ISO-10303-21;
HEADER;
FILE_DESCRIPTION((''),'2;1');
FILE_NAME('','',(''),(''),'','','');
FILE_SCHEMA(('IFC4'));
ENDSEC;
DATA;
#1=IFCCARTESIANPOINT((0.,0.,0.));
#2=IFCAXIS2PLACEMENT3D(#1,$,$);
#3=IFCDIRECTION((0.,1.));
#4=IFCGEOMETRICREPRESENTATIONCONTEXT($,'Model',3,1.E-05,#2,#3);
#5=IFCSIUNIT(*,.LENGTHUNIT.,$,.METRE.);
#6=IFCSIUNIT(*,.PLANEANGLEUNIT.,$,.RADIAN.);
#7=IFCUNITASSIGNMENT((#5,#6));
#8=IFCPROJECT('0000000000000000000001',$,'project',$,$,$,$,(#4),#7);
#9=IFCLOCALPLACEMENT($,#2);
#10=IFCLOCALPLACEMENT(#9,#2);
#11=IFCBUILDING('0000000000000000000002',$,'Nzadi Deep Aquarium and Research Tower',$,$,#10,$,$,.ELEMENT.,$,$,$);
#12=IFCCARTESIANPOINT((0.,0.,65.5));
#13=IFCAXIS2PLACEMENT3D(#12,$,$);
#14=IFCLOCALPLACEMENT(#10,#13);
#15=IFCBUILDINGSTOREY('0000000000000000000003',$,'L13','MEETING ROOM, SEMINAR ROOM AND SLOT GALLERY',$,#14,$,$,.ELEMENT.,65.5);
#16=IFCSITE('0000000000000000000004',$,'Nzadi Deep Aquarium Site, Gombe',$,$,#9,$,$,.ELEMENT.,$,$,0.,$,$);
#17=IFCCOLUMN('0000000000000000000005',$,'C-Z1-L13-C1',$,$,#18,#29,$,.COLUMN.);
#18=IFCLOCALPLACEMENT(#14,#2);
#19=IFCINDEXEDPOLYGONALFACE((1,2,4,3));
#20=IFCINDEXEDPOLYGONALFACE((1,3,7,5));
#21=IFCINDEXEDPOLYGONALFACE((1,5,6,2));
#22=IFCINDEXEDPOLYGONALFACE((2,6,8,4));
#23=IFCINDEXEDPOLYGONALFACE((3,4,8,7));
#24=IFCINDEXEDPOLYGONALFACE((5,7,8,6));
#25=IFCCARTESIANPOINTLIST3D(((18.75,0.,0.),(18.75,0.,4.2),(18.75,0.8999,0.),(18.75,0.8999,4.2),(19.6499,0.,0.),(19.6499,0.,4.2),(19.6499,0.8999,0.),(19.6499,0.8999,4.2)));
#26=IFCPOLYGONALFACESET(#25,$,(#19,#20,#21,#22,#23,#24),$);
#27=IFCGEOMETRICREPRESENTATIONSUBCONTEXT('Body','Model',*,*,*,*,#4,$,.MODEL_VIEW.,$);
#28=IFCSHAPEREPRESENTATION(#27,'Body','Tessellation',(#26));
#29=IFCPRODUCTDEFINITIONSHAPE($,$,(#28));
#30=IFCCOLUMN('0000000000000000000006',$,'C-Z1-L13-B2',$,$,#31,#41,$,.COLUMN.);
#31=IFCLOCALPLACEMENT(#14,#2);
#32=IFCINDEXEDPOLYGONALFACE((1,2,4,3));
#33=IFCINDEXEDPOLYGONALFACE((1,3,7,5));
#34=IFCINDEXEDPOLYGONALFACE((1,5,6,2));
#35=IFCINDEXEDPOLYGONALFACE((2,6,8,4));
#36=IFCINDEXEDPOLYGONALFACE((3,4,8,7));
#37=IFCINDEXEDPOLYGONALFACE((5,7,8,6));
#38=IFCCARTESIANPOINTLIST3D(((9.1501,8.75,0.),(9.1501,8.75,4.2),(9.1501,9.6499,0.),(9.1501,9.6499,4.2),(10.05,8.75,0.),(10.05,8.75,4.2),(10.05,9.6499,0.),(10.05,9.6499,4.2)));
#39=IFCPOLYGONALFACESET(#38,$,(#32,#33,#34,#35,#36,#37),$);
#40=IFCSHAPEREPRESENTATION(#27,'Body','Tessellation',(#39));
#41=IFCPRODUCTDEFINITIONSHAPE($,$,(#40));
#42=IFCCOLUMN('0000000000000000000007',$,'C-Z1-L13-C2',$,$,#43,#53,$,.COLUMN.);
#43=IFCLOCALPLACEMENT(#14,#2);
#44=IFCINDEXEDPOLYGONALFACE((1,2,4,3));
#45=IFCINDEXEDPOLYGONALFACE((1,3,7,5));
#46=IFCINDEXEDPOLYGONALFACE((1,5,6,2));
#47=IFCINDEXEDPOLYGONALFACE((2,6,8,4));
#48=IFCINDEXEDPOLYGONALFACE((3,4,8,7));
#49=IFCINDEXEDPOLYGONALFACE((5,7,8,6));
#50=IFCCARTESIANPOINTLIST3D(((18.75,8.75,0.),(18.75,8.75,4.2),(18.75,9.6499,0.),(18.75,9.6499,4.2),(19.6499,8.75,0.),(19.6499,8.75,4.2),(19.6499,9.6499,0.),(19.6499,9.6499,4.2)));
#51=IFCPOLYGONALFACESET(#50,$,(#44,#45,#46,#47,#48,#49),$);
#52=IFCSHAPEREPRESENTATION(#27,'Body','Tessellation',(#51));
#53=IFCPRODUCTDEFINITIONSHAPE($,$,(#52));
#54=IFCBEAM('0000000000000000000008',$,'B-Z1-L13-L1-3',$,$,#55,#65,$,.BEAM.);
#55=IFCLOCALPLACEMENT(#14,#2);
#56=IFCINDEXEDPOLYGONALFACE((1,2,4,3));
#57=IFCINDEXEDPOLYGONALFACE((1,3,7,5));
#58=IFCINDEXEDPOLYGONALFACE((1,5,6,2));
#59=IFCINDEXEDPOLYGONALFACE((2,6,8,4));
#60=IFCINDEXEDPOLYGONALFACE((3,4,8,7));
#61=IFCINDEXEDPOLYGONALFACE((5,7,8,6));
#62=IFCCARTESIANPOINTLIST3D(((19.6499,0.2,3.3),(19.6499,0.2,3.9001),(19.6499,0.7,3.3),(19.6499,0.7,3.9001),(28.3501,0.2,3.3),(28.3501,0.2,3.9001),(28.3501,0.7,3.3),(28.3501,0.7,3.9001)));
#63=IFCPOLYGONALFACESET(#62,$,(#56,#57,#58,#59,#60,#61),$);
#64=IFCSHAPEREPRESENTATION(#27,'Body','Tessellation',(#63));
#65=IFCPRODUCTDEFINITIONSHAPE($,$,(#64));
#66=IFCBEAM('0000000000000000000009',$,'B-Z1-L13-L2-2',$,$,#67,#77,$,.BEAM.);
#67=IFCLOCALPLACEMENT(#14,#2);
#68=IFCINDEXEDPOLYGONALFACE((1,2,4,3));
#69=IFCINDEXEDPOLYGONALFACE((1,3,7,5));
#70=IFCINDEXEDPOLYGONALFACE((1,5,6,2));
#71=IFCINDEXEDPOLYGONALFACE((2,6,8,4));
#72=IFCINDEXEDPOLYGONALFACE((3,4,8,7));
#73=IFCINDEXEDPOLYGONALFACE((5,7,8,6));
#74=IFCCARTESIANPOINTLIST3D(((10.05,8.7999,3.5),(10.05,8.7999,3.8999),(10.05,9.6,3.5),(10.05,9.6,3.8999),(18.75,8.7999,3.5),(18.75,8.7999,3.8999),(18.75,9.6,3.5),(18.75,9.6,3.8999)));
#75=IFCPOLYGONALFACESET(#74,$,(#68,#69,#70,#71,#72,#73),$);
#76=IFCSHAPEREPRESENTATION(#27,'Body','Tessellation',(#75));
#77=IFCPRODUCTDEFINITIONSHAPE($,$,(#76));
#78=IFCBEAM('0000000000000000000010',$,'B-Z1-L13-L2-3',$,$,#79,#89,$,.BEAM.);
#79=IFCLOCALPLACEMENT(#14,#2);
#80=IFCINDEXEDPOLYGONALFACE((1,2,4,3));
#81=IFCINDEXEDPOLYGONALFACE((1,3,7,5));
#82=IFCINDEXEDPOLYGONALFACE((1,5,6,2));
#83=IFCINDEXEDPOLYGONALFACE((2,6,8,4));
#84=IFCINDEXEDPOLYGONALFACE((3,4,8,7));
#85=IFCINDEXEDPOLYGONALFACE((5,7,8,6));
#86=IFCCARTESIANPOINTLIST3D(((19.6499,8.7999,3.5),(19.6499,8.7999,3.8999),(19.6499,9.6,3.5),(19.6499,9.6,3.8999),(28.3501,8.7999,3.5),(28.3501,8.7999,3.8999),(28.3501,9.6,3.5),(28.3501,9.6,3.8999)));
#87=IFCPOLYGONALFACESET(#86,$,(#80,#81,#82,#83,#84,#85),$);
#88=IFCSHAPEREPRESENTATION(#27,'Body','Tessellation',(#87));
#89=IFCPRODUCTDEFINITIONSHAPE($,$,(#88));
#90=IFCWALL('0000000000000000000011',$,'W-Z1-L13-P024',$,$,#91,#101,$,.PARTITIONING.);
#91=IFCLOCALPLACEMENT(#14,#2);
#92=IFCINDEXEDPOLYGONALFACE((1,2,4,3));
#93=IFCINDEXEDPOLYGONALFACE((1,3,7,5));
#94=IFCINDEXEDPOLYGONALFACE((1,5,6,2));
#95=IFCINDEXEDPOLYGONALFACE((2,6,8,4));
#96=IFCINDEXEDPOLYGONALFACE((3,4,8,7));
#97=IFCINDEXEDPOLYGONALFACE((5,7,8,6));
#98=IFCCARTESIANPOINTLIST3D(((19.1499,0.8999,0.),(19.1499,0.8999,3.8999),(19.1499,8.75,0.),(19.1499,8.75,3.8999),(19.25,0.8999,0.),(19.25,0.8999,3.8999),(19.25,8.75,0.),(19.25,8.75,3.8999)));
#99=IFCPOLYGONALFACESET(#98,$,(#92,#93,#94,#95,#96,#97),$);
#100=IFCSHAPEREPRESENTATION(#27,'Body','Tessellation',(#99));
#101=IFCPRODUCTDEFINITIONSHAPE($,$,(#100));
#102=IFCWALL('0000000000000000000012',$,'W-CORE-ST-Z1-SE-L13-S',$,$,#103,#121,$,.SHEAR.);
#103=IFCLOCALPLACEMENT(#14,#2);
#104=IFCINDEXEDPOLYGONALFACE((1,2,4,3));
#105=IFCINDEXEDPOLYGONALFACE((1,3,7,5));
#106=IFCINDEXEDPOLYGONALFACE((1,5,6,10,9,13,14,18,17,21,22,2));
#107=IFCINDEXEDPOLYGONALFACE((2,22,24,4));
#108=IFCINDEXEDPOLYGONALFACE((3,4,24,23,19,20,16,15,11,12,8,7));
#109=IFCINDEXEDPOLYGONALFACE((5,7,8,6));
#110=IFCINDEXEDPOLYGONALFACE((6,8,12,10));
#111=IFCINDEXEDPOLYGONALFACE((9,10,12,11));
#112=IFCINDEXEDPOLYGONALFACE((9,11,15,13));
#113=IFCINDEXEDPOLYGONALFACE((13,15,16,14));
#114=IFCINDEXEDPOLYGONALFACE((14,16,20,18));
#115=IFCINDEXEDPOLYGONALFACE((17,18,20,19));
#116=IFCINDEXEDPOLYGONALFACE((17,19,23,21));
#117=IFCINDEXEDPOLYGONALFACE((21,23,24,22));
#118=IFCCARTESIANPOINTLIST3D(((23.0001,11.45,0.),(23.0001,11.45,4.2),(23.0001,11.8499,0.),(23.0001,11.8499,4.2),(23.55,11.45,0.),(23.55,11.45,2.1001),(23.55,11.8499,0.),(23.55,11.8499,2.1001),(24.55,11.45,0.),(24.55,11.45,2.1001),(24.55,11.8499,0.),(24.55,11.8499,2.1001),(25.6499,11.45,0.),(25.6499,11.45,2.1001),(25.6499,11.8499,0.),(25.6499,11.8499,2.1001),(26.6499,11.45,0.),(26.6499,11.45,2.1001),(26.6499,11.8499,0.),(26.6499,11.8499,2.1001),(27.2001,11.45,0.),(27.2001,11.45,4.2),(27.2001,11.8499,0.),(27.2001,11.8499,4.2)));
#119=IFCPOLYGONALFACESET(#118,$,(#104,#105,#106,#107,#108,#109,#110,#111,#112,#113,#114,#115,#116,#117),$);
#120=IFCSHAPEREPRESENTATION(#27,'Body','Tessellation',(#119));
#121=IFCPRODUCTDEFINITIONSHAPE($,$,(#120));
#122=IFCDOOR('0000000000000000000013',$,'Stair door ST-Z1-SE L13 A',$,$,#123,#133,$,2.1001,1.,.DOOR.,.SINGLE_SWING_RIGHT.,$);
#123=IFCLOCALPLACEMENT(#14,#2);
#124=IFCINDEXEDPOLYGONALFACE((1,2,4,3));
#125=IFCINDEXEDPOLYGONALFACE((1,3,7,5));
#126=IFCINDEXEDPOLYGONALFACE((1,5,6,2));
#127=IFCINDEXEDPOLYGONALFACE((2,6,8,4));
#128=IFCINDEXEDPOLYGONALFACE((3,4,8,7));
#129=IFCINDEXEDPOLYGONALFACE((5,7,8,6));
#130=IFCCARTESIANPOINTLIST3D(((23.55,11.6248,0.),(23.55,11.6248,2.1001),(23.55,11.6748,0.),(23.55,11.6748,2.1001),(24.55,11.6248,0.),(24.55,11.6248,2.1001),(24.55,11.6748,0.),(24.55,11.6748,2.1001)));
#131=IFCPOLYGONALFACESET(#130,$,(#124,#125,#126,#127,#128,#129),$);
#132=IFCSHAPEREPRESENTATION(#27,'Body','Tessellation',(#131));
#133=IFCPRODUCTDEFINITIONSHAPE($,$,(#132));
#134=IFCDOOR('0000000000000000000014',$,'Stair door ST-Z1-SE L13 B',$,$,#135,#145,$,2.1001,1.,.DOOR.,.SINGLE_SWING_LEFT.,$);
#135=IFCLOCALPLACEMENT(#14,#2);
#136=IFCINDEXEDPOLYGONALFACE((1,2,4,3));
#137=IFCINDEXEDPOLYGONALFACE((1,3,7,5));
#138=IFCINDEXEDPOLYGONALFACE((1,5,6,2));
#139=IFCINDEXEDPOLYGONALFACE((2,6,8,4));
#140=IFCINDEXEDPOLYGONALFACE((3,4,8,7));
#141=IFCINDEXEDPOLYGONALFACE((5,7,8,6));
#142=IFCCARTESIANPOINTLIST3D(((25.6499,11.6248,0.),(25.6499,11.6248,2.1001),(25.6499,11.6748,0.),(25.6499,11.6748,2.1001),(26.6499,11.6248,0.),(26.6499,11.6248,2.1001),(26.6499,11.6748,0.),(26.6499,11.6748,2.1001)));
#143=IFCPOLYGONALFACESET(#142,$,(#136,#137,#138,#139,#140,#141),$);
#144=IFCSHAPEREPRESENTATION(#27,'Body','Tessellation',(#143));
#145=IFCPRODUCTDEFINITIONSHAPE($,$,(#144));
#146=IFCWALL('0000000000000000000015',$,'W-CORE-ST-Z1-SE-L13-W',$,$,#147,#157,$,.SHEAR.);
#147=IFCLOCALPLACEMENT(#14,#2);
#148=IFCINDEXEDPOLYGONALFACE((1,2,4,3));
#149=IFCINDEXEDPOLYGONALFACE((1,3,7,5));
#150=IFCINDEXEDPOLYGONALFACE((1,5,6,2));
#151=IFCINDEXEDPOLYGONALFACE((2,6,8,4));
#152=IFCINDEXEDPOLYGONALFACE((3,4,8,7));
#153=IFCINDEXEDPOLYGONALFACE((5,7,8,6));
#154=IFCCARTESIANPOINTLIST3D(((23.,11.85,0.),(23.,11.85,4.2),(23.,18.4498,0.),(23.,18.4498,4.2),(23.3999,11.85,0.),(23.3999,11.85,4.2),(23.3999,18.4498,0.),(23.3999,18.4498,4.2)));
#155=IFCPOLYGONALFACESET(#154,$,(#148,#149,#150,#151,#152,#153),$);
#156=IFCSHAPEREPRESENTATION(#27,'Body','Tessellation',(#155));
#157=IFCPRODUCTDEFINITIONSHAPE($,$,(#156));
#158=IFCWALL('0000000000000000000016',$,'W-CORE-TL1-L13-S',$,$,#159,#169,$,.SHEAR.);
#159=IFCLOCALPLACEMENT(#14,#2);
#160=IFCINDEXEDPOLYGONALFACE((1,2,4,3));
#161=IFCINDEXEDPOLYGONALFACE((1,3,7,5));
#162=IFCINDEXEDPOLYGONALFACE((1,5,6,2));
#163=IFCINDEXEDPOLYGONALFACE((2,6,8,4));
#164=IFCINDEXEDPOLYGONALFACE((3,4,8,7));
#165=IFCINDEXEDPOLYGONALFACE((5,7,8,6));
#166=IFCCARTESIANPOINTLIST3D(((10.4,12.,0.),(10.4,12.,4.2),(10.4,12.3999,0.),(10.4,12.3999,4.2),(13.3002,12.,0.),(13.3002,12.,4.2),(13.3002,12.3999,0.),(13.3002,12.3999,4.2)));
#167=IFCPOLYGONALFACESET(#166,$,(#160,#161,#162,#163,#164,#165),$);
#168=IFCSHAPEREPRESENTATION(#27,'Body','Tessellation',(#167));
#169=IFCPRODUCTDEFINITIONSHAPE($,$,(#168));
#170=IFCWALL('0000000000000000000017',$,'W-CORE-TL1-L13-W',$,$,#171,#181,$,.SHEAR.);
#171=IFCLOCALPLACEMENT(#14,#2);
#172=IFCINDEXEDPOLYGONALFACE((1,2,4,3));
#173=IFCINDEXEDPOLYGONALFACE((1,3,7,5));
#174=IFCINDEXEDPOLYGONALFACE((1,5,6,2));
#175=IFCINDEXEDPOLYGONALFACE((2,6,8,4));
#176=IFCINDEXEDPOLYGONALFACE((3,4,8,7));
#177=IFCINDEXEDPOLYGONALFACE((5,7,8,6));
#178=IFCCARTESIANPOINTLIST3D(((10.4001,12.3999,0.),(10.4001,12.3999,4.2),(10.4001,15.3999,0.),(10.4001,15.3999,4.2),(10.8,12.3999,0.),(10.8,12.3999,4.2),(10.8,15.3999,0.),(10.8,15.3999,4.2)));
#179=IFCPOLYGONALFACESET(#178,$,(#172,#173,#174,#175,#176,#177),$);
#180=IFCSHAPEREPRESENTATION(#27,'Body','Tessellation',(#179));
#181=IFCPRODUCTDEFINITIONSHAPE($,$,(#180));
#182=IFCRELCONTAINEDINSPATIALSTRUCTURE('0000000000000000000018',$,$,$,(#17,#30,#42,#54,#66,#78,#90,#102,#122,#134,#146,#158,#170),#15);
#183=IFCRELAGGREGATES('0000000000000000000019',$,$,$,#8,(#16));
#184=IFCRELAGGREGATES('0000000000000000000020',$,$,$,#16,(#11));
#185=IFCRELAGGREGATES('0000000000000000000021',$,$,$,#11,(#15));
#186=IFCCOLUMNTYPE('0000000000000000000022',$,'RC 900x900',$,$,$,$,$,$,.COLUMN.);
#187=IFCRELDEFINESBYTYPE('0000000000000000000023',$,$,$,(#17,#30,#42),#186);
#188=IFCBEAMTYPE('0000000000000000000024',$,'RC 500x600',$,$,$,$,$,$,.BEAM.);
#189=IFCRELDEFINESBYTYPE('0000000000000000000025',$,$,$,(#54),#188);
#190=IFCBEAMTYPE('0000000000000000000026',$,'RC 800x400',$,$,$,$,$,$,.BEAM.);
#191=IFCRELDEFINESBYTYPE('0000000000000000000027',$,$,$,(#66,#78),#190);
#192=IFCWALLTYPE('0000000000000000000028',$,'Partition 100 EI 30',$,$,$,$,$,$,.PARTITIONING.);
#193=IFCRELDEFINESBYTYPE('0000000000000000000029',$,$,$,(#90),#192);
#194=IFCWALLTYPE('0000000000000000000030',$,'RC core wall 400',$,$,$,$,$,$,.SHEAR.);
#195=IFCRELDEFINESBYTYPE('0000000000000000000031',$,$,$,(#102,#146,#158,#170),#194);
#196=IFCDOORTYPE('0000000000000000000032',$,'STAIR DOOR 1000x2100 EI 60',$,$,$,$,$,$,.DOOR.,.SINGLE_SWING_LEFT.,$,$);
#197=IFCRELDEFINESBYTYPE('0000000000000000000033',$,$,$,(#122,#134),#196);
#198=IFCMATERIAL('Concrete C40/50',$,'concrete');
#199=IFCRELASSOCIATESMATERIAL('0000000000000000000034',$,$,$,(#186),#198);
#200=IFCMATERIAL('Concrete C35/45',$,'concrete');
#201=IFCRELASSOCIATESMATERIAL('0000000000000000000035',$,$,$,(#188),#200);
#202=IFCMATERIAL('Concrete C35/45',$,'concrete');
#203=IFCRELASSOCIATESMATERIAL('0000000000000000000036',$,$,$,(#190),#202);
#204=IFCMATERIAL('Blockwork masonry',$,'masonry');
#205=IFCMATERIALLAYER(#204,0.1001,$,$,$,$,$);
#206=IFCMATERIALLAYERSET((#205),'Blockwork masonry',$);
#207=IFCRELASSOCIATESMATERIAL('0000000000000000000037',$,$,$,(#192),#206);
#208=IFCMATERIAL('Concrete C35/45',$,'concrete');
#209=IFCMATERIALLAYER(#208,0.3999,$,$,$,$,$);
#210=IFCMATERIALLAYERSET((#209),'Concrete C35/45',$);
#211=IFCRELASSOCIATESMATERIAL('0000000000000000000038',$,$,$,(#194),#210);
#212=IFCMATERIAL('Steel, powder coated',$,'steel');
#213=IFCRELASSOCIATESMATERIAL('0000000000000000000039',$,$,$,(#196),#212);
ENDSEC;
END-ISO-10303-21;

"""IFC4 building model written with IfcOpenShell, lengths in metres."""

from ifc_helpers import new_model, si_unit, direction, frame, frame_2d, origin, origin_2d, place, context, subcontext, project, spatial, rectangle, extrude, material, layer, layer_set, material_profile, profile_set, type_object, element, fill, save


model = new_model("IFC4")

# Units and contexts
model_context = context("Model", 3, precision=1e-05, world=origin(), true_north=direction((0.0, 1.0)))
body_context = subcontext(model_context, "Body", "Model", "MODEL_VIEW")
ifc_project = project(units=[si_unit("LENGTHUNIT", "METRE"), si_unit("PLANEANGLEUNIT", "RADIAN")], contexts=[model_context])

# Site, building, storey
site_placement = place(None, origin())
site = spatial("IfcSite", under=ifc_project, at=site_placement, Name="Nzadi Deep Aquarium Site, Gombe", CompositionType="ELEMENT", RefElevation=0.0)
building_placement = place(site_placement, origin())
building = spatial("IfcBuilding", under=site, at=building_placement, Name="Nzadi Deep Aquarium and Research Tower", CompositionType="ELEMENT")
storey_placement = place(building_placement, frame((0.0, 0.0, 65.5)))
storey = spatial("IfcBuildingStorey", under=building, at=storey_placement, Name="L13", Description="MEETING ROOM, SEMINAR ROOM AND SLOT GALLERY", CompositionType="ELEMENT", Elevation=65.5)

# Columns
ifc_material_1 = material(Name="Concrete C40/50", Category="concrete")
ifc_material_profile_1 = material_profile(ifc_material_1, rectangle(XDim=0.8999, YDim=0.8999, at=origin_2d()))
ifc_profile_set_1 = profile_set([ifc_material_profile_1], Name="Concrete C40/50")
column_type = type_object("IfcColumnType", Name="RC 900x900", PredefinedType="COLUMN", material=ifc_profile_set_1)
for number, where, z_axis, x_axis, name in (
    (1, (19.2, 0.45, 0.0), (0.0, 0.0, 1.0), (1.0, 0.0, 0.0), "C-Z1-L13-C1"),
    (2, (9.6001, 9.2, 0.0), (0.0, 0.0, 1.0), (1.0, 0.0, 0.0), "C-Z1-L13-B2"),
    (3, (19.2, 9.2, 0.0), (0.0, 0.0, 1.0), (1.0, 0.0, 0.0), "C-Z1-L13-C2"),
):
    element("IfcColumn", number, at=place(storey_placement, frame(where, z_axis=z_axis, x_axis=x_axis)), inside=storey, type_object=column_type, Name=name, PredefinedType="COLUMN", context=body_context, shape_type="SweptSolid", body=[
        extrude(rectangle(XDim=0.8999, YDim=0.8999, at=origin_2d()), origin(), (0.0, 0.0, 1.0), 4.2),
    ])

# Beams
ifc_material_2 = material(Name="Concrete C35/45", Category="concrete")
ifc_material_profile_2 = material_profile(ifc_material_2, rectangle(XDim=0.5, YDim=0.6001, at=origin_2d()))
ifc_profile_set_2 = profile_set([ifc_material_profile_2], Name="Concrete C35/45")
beam_type_1 = type_object("IfcBeamType", Name="RC 500x600", PredefinedType="BEAM", material=ifc_profile_set_2)
beam_1_placement = place(storey_placement, frame((19.6499, 0.45, 3.6001), z_axis=(1.0, 0.0, 0.0), x_axis=(0.0, 1.0, 0.0)))
element("IfcBeam", 4, at=beam_1_placement, inside=storey, type_object=beam_type_1, Name="B-Z1-L13-L1-3", PredefinedType="BEAM", context=body_context, shape_type="SweptSolid", body=[
    extrude(rectangle(XDim=0.5, YDim=0.6001, at=origin_2d()), origin(), (0.0, 0.0, 1.0), 8.7002),
])
ifc_material_3 = material(Name="Concrete C35/45", Category="concrete")
ifc_material_profile_3 = material_profile(ifc_material_3, rectangle(XDim=0.8, YDim=0.3999, at=origin_2d()))
ifc_profile_set_3 = profile_set([ifc_material_profile_3], Name="Concrete C35/45")
beam_type_2 = type_object("IfcBeamType", Name="RC 800x400", PredefinedType="BEAM", material=ifc_profile_set_3)
beam_2_placement = place(storey_placement, frame((10.05, 9.2, 3.7), z_axis=(1.0, 0.0, 0.0), x_axis=(0.0, 1.0, 0.0)))
element("IfcBeam", 5, at=beam_2_placement, inside=storey, type_object=beam_type_2, Name="B-Z1-L13-L2-2", PredefinedType="BEAM", context=body_context, shape_type="SweptSolid", body=[
    extrude(rectangle(XDim=0.8, YDim=0.3999, at=origin_2d()), origin(), (0.0, 0.0, 1.0), 8.7),
])
beam_3_placement = place(storey_placement, frame((19.6499, 9.2, 3.7), z_axis=(1.0, 0.0, 0.0), x_axis=(0.0, 1.0, 0.0)))
element("IfcBeam", 6, at=beam_3_placement, inside=storey, type_object=beam_type_2, Name="B-Z1-L13-L2-3", PredefinedType="BEAM", context=body_context, shape_type="SweptSolid", body=[
    extrude(rectangle(XDim=0.8, YDim=0.3999, at=origin_2d()), origin(), (0.0, 0.0, 1.0), 8.7002),
])

# Wall
ifc_material_4 = material(Name="Blockwork masonry", Category="masonry")
ifc_layer_1 = layer(ifc_material_4, 0.1001)
ifc_layer_set_1 = layer_set([ifc_layer_1], Name="Blockwork masonry")
wall_type_1 = type_object("IfcWallType", Name="Partition 100 EI 30", PredefinedType="PARTITIONING", material=ifc_layer_set_1)
wall_1_placement = place(storey_placement, frame((19.2, 0.8999, 0.0), z_axis=(0.0, 0.0, 1.0), x_axis=(0.0, 1.0, 0.0)))
element("IfcWall", 7, at=wall_1_placement, inside=storey, type_object=wall_type_1, Name="W-Z1-L13-P024", PredefinedType="PARTITIONING", context=body_context, shape_type="SweptSolid", body=[
    extrude(rectangle(XDim=7.8501, YDim=0.1001, at=frame_2d((3.925, 0.0))), origin(), (0.0, 0.0, 1.0), 3.8999),
])

# Wall, openings, doors
ifc_material_5 = material(Name="Concrete C35/45", Category="concrete")
ifc_layer_2 = layer(ifc_material_5, 0.3999)
ifc_layer_set_2 = layer_set([ifc_layer_2], Name="Concrete C35/45")
wall_type_2 = type_object("IfcWallType", Name="RC core wall 400", PredefinedType="SHEAR", material=ifc_layer_set_2)
wall_2_placement = place(storey_placement, frame((23.0, 11.6499, 0.0), z_axis=(0.0, 0.0, 1.0), x_axis=(1.0, 0.0, 0.0)))
wall_2 = element("IfcWall", 8, at=wall_2_placement, inside=storey, type_object=wall_type_2, Name="W-CORE-ST-Z1-SE-L13-S", PredefinedType="SHEAR", context=body_context, shape_type="SweptSolid", body=[
    extrude(rectangle(XDim=4.2, YDim=0.3999, at=frame_2d((2.1001, 0.0))), origin(), (0.0, 0.0, 1.0), 4.2),
])
opening_1_placement = place(wall_2_placement, frame((0.55, 0.0, 0.0)))
opening_1 = element("IfcOpeningElement", 9, at=opening_1_placement, cuts=wall_2, PredefinedType="OPENING", context=body_context, shape_type="SweptSolid", body=[
    extrude(rectangle(XDim=1.0, YDim=2.1001, at=frame_2d((0.5, 1.05))), frame((0.0, 0.21, 0.0), z_axis=(0.0, -1.0, 0.0), x_axis=(1.0, 0.0, 0.0)), (0.0, 0.0, 1.0), 0.4199),
])
opening_2_placement = place(wall_2_placement, frame((2.6499, 0.0, 0.0)))
opening_2 = element("IfcOpeningElement", 10, at=opening_2_placement, cuts=wall_2, PredefinedType="OPENING", context=body_context, shape_type="SweptSolid", body=[
    extrude(rectangle(XDim=1.0, YDim=2.1001, at=frame_2d((0.5, 1.05))), frame((0.0, 0.21, 0.0), z_axis=(0.0, -1.0, 0.0), x_axis=(1.0, 0.0, 0.0)), (0.0, 0.0, 1.0), 0.4199),
])
ifc_material_6 = material(Name="Steel, powder coated", Category="steel")
door_type = type_object("IfcDoorType", Name="STAIR DOOR 1000x2100 EI 60", OperationType="SINGLE_SWING_LEFT", PredefinedType="DOOR", material=ifc_material_6)
door_1_placement = place(opening_1_placement, origin())
door_1 = element("IfcDoor", 11, at=door_1_placement, inside=storey, type_object=door_type, Name="Stair door ST-Z1-SE L13 A", OperationType="SINGLE_SWING_RIGHT", OverallHeight=2.1001, OverallWidth=1.0, PredefinedType="DOOR", context=body_context, shape_type="SweptSolid", body=[
    extrude(rectangle(XDim=1.0, YDim=2.1001, at=frame_2d((0.5, 1.05))), frame((0.0, 0.0249, 0.0), z_axis=(0.0, -1.0, 0.0), x_axis=(1.0, 0.0, 0.0)), (0.0, 0.0, 1.0), 0.05),
])
fill(opening_1, door_1)
door_2_placement = place(opening_2_placement, origin())
door_2 = element("IfcDoor", 12, at=door_2_placement, inside=storey, type_object=door_type, Name="Stair door ST-Z1-SE L13 B", OperationType="SINGLE_SWING_LEFT", OverallHeight=2.1001, OverallWidth=1.0, PredefinedType="DOOR", context=body_context, shape_type="SweptSolid", body=[
    extrude(rectangle(XDim=1.0, YDim=2.1001, at=frame_2d((0.5, 1.05))), frame((0.0, 0.0249, 0.0), z_axis=(0.0, -1.0, 0.0), x_axis=(1.0, 0.0, 0.0)), (0.0, 0.0, 1.0), 0.05),
])
fill(opening_2, door_2)

# Walls
wall_3_placement = place(storey_placement, frame((23.2, 11.8501, 0.0), z_axis=(0.0, 0.0, 1.0), x_axis=(0.0, 1.0, 0.0)))
element("IfcWall", 13, at=wall_3_placement, inside=storey, type_object=wall_type_2, Name="W-CORE-ST-Z1-SE-L13-W", PredefinedType="SHEAR", context=body_context, shape_type="SweptSolid", body=[
    extrude(rectangle(XDim=6.5999, YDim=0.3999, at=frame_2d((3.2998, 0.0))), origin(), (0.0, 0.0, 1.0), 4.2),
])
wall_4_placement = place(storey_placement, frame((10.3999, 12.2, 0.0), z_axis=(0.0, 0.0, 1.0), x_axis=(1.0, 0.0, 0.0)))
element("IfcWall", 14, at=wall_4_placement, inside=storey, type_object=wall_type_2, Name="W-CORE-TL1-L13-S", PredefinedType="SHEAR", context=body_context, shape_type="SweptSolid", body=[
    extrude(rectangle(XDim=2.9001, YDim=0.3999, at=frame_2d((1.4502, 0.0))), origin(), (0.0, 0.0, 1.0), 4.2),
])
for number, where, z_axis, x_axis, name in (
    (15, (10.6001, 12.3999, 0.0), (0.0, 0.0, 1.0), (0.0, 1.0, 0.0), "W-CORE-TL1-L13-W"),
):
    element("IfcWall", number, at=place(storey_placement, frame(where, z_axis=z_axis, x_axis=x_axis)), inside=storey, type_object=wall_type_2, Name=name, PredefinedType="SHEAR", context=body_context, shape_type="SweptSolid", body=[
        extrude(rectangle(XDim=3.0, YDim=0.3999, at=frame_2d((1.5, 0.0))), origin(), (0.0, 0.0, 1.0), 4.2),
    ])

save(model, "model.ifc")
